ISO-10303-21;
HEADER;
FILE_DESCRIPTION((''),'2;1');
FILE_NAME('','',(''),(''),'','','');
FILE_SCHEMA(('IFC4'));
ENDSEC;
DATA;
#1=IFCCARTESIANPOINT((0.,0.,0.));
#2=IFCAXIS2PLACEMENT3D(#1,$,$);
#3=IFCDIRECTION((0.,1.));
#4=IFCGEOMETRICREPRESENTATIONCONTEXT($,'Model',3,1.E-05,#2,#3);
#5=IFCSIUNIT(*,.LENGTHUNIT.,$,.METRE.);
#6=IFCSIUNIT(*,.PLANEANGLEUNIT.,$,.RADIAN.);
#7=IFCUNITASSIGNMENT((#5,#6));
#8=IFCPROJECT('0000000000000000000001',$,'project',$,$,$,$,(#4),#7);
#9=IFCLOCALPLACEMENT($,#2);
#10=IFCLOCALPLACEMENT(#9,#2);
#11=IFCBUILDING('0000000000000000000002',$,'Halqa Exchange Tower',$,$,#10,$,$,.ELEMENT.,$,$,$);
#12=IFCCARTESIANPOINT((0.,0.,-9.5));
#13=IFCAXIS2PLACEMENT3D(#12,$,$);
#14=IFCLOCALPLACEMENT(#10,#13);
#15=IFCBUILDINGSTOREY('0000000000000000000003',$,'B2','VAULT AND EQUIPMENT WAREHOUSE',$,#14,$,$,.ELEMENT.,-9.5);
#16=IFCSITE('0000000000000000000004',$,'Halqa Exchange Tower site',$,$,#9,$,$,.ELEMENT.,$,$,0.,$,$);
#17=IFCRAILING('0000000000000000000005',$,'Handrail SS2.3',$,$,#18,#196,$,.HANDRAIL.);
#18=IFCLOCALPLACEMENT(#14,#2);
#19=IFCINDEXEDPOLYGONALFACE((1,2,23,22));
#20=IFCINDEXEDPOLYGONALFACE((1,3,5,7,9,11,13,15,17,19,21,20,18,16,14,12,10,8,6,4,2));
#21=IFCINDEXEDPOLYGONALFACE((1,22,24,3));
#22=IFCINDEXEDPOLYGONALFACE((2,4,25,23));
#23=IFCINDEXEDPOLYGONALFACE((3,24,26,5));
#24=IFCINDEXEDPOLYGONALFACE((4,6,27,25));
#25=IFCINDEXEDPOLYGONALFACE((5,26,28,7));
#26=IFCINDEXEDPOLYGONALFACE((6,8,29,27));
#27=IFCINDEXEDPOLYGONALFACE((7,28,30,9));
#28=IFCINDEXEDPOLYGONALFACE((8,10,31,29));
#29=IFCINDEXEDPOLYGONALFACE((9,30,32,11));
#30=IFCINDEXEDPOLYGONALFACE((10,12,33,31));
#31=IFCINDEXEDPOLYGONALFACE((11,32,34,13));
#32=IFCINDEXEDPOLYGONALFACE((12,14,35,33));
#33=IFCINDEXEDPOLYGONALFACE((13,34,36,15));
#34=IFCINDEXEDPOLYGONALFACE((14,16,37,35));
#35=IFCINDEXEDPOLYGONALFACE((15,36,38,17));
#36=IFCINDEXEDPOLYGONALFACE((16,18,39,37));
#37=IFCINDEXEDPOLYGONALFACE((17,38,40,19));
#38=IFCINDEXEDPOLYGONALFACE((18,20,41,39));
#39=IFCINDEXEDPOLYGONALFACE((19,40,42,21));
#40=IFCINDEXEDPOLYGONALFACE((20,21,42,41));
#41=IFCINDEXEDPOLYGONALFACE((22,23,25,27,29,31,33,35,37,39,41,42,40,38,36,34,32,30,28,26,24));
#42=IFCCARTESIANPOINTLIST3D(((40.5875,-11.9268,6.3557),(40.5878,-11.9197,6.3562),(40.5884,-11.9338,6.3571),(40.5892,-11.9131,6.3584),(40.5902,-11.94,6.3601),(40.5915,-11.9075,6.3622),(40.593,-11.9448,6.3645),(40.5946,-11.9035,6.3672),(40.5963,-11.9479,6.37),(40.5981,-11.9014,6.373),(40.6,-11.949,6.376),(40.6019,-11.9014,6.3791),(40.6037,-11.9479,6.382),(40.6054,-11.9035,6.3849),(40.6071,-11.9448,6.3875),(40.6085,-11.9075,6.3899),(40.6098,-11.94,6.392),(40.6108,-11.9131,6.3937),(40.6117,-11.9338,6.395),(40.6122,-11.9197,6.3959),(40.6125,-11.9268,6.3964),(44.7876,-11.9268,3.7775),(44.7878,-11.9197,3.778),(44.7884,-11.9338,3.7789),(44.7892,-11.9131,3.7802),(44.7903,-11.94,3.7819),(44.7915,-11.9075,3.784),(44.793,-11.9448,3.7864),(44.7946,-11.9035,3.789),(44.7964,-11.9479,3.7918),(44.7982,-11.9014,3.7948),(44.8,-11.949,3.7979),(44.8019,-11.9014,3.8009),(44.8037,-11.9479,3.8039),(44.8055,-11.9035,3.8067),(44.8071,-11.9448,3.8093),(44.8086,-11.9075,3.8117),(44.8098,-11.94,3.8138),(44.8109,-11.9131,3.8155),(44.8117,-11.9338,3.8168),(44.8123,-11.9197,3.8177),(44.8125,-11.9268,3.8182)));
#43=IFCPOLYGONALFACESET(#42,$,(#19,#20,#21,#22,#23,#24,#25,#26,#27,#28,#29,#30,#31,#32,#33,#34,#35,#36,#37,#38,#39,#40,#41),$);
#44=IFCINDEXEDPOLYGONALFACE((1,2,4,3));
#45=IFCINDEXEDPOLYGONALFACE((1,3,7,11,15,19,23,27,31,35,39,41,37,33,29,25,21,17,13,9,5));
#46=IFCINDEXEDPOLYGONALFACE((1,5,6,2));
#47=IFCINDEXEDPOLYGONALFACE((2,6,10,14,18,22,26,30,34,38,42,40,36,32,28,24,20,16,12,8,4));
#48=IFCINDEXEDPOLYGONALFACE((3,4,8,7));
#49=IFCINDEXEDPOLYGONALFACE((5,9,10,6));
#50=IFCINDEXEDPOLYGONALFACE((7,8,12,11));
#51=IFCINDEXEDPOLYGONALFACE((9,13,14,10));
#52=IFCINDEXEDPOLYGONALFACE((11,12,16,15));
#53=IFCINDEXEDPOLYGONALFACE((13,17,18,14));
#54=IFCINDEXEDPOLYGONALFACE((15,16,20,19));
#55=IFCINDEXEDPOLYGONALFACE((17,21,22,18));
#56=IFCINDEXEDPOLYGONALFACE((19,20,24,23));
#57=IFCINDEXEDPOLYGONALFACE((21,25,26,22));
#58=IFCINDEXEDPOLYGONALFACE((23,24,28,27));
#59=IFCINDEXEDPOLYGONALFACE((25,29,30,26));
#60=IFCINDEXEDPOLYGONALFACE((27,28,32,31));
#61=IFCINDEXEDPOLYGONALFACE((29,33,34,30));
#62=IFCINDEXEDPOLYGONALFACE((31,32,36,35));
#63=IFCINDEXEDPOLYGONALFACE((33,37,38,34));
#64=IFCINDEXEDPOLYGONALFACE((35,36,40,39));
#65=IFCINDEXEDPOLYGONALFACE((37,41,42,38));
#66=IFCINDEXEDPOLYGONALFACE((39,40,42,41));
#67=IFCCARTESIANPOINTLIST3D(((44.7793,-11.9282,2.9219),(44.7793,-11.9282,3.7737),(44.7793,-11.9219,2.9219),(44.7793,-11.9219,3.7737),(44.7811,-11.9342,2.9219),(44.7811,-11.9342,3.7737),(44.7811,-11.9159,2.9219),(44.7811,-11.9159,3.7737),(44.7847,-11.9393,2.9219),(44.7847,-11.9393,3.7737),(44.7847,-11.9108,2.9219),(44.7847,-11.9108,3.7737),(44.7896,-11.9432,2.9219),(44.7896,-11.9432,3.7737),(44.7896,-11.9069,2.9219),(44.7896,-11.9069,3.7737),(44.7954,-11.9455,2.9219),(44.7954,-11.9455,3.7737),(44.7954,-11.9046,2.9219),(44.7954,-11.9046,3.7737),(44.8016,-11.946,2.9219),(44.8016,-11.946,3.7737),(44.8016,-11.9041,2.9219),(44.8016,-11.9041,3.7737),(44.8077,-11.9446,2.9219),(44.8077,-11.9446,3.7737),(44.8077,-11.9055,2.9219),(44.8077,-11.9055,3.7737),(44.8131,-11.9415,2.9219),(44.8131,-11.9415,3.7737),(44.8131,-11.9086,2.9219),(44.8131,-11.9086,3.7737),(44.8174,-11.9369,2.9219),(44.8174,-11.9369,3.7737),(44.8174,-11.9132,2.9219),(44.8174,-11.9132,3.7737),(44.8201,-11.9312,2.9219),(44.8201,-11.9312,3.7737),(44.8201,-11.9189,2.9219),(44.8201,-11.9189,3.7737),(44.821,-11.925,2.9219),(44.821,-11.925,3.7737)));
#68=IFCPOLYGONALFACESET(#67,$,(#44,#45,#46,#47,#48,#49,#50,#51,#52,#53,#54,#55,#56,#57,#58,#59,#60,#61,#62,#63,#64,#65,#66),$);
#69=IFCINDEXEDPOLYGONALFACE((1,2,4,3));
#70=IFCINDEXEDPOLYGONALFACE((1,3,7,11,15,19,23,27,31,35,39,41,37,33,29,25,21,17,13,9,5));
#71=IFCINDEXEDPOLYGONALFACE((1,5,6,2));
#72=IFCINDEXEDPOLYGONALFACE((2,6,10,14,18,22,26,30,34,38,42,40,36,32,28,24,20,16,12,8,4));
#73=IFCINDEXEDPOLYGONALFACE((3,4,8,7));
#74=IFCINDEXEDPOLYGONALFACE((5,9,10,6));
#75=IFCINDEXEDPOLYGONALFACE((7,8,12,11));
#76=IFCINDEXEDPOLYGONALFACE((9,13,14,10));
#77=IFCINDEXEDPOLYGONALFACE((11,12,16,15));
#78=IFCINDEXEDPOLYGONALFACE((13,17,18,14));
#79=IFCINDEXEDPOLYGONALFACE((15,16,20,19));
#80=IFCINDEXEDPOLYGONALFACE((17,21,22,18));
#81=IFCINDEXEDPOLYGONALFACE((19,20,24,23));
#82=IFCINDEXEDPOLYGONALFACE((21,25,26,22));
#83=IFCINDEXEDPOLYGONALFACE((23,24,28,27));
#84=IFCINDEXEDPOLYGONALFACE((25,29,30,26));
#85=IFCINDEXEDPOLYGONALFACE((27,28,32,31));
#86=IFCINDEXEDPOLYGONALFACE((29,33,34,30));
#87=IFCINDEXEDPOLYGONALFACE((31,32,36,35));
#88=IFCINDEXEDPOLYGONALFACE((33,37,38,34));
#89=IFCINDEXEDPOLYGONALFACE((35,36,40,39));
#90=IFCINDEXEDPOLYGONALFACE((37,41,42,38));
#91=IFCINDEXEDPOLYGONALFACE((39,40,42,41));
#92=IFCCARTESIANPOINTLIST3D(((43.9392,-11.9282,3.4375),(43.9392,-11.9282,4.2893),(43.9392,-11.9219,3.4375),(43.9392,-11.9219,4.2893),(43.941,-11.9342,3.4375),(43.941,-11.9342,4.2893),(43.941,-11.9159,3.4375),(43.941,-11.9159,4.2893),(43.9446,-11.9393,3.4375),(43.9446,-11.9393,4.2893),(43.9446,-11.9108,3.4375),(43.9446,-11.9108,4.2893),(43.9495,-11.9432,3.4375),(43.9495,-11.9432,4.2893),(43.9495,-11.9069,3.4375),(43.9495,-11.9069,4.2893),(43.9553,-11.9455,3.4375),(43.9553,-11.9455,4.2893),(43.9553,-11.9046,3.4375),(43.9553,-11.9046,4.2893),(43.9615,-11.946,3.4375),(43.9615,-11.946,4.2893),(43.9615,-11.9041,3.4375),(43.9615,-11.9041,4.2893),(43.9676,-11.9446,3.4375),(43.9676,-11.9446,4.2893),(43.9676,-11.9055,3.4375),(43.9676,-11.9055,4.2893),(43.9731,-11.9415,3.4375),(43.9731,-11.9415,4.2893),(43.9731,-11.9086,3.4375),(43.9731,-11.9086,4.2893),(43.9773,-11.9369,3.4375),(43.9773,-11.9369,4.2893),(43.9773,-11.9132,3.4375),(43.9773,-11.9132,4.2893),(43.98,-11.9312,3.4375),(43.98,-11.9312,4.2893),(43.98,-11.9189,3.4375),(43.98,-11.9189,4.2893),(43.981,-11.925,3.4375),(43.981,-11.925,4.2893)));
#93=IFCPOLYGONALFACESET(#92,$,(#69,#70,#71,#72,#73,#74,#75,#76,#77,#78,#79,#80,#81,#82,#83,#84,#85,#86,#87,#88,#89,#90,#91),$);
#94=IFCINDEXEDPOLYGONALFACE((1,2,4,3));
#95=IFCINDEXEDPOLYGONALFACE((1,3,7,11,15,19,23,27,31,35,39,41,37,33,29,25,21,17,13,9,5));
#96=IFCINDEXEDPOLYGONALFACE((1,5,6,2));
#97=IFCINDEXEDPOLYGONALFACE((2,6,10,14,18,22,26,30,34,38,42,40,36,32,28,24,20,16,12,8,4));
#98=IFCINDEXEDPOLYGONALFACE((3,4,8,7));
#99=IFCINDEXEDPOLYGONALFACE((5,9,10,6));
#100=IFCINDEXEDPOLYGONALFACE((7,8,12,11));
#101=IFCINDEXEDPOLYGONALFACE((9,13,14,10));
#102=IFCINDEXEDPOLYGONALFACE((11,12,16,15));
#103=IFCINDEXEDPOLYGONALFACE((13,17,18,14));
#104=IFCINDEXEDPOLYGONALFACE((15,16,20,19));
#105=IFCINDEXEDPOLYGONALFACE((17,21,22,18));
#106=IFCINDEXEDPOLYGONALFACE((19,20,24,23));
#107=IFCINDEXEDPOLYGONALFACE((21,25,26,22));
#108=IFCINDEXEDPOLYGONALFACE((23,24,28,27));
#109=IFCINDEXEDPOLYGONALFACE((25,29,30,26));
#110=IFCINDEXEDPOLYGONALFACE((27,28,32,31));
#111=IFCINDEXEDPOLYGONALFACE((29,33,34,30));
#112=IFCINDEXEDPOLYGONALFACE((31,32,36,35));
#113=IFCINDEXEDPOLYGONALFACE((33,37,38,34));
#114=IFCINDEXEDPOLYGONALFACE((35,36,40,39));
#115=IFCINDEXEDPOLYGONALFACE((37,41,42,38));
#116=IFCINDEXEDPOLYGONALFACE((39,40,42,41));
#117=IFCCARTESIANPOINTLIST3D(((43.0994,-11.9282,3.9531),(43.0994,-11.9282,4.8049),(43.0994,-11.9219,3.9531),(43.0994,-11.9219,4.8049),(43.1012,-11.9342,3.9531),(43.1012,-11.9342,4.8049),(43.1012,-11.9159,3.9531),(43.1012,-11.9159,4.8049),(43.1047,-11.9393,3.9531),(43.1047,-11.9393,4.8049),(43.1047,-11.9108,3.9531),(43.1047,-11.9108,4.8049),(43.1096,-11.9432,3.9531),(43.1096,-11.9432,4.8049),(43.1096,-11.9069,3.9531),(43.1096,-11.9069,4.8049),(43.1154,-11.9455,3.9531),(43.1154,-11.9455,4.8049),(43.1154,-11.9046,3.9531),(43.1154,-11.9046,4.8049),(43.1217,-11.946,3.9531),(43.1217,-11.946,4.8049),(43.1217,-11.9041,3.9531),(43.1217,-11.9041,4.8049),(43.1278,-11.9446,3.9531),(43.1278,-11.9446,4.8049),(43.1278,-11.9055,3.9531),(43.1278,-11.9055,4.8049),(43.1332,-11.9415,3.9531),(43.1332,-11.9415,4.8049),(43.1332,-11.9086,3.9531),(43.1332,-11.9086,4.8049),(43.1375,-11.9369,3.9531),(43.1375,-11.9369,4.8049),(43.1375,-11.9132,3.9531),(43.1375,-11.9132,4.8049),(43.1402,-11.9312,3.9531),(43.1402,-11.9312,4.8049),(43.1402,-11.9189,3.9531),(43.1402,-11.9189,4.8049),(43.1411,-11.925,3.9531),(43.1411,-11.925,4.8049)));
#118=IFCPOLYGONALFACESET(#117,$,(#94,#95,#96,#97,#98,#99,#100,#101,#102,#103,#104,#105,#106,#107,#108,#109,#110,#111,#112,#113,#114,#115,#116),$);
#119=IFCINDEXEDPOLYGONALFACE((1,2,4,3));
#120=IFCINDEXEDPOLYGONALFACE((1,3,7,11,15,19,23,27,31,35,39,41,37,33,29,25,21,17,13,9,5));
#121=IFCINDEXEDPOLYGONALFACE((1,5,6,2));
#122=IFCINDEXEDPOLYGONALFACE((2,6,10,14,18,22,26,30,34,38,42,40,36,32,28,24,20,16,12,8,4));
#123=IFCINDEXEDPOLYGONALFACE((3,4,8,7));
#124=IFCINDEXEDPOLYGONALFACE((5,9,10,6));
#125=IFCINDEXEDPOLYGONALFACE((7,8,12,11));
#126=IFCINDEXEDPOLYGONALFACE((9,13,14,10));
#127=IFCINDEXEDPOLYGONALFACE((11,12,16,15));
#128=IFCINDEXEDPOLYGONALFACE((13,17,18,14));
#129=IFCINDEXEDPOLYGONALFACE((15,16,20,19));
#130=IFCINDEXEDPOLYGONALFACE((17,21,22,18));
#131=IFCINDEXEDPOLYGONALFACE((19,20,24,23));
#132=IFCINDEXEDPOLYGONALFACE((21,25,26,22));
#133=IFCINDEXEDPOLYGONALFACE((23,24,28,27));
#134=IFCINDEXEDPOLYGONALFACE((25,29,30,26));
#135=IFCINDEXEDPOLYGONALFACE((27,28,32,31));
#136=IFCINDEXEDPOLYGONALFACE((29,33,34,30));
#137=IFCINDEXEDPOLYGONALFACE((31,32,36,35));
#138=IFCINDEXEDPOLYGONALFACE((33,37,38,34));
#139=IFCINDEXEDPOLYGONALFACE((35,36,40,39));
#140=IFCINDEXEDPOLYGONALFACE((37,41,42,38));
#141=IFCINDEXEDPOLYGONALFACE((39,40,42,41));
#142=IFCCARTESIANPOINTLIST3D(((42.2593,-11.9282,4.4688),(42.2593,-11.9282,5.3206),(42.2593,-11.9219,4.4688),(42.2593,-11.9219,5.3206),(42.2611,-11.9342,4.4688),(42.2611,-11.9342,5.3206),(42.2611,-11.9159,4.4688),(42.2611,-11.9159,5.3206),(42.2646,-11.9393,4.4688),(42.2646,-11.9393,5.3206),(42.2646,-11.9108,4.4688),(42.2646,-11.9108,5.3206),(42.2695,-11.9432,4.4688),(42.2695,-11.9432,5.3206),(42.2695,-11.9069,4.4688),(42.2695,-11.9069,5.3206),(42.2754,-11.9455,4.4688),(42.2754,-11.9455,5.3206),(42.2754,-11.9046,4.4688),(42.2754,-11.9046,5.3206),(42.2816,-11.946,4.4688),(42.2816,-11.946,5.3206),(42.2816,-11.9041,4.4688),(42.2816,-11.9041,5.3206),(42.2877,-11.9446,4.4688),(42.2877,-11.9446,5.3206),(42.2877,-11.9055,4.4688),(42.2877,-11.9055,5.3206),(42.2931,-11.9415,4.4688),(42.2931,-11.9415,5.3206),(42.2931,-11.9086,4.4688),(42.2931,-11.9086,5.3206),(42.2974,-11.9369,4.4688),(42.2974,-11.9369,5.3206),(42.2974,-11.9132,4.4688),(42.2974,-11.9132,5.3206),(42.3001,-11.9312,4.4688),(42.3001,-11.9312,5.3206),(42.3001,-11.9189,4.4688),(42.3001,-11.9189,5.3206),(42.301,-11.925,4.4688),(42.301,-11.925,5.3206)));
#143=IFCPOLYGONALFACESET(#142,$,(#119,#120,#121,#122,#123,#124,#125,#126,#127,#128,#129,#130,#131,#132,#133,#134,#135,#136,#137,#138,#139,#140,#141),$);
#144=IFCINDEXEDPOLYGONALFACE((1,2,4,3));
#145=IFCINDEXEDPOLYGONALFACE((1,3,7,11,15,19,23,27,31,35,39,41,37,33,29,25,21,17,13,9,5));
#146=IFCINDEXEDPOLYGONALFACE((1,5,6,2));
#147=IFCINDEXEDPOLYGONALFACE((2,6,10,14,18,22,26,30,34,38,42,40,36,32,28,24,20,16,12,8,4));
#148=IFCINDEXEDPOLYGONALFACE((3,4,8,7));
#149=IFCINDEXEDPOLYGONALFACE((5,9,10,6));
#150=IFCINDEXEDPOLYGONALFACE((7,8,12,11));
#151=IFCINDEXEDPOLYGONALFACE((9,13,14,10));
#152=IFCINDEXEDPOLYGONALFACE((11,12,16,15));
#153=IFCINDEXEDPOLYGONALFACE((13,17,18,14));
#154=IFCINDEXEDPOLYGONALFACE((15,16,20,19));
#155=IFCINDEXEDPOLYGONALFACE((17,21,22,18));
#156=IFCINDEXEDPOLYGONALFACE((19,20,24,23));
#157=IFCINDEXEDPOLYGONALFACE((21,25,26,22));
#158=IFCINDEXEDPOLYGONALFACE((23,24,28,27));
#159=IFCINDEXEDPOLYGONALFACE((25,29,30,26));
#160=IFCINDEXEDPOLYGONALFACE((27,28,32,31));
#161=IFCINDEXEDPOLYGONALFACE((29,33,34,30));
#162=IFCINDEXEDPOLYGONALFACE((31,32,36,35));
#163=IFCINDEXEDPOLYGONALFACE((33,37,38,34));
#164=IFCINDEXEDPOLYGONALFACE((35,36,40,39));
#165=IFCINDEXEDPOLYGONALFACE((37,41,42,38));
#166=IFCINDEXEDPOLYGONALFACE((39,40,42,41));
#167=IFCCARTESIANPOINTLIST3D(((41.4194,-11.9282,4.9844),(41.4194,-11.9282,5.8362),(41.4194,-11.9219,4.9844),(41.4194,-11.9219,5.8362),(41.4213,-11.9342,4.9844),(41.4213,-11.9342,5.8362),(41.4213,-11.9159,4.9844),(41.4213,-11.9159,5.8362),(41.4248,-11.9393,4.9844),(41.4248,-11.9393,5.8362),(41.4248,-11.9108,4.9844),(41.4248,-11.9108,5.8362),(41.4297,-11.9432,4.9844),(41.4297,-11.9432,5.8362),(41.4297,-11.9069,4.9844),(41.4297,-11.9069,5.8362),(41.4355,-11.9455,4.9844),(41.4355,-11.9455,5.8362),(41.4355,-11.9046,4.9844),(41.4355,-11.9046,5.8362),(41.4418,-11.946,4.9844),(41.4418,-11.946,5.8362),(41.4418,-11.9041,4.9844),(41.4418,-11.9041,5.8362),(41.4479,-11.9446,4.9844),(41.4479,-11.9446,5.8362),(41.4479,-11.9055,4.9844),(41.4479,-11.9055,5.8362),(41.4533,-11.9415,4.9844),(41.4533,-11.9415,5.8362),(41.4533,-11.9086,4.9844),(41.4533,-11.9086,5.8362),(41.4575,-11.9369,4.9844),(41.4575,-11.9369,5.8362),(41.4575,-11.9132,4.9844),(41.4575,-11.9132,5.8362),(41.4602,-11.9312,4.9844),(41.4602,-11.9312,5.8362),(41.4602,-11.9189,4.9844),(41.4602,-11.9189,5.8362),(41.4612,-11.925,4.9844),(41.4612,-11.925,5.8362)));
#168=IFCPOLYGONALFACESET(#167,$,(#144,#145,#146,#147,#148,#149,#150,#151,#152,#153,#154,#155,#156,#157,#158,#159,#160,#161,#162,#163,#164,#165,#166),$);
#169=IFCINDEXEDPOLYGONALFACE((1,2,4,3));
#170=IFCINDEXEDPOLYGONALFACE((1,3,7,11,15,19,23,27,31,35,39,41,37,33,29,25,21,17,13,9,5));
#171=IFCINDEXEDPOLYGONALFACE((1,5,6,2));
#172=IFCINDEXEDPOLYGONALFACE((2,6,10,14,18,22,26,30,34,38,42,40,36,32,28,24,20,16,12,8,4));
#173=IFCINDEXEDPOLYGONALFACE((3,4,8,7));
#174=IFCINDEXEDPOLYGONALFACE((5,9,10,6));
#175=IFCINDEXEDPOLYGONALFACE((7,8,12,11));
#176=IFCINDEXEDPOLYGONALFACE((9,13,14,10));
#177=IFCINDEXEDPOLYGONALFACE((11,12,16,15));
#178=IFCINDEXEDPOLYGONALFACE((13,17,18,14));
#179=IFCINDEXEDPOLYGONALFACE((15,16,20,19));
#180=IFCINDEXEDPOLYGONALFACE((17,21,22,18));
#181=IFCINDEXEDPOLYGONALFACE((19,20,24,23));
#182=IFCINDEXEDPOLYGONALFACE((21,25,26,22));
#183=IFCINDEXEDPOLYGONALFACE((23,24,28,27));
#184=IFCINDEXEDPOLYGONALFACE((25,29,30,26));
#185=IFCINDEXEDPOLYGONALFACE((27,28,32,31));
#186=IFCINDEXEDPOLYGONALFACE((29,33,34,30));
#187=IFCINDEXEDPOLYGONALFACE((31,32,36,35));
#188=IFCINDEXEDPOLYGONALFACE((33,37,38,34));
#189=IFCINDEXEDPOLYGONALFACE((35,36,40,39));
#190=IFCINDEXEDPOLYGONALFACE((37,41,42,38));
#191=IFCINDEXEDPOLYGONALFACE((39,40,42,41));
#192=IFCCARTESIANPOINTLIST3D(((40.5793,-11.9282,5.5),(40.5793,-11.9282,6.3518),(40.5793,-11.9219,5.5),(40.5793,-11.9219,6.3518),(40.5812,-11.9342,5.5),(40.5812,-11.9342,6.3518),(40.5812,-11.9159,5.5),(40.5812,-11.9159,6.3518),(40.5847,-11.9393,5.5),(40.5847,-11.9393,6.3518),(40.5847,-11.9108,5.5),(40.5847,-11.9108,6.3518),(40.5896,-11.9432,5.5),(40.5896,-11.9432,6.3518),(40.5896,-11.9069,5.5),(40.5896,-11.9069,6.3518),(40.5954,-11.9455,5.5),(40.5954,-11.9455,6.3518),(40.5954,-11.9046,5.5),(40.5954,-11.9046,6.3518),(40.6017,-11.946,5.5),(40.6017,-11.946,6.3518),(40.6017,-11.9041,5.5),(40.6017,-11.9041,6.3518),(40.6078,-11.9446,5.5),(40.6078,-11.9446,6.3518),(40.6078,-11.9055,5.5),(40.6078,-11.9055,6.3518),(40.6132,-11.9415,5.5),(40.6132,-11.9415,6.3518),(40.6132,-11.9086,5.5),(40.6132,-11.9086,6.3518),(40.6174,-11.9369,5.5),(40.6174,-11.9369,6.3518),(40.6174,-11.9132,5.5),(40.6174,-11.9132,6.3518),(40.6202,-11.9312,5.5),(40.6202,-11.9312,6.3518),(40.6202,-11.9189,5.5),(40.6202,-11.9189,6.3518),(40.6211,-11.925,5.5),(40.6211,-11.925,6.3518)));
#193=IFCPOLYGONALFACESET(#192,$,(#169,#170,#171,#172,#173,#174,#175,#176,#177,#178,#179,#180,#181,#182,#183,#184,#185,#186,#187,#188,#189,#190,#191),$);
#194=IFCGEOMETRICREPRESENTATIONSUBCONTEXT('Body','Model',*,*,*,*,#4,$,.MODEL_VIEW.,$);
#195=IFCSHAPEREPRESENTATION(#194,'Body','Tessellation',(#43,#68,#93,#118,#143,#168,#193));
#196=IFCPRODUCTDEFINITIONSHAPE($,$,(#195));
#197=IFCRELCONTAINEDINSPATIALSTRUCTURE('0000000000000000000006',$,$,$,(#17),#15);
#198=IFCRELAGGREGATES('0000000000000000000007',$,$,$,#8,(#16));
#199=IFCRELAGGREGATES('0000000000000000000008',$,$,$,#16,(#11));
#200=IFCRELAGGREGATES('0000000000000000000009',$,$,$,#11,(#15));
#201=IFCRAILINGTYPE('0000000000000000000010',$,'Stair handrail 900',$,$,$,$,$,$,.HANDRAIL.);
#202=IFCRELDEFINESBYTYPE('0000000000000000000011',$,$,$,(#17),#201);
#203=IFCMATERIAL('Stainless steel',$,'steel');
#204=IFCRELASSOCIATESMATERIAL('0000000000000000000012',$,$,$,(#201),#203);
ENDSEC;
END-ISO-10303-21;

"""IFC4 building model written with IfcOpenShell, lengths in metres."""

from ifc_helpers import new_model, si_unit, direction, frame, origin, origin_2d, place, context, subcontext, project, spatial, circle, extrude, material, type_object, element, save


model = new_model("IFC4")

# Units and contexts
model_context = context("Model", 3, precision=1e-05, world=origin(), true_north=direction((0.0, 1.0)))
body_context = subcontext(model_context, "Body", "Model", "MODEL_VIEW")
ifc_project = project(units=[si_unit("LENGTHUNIT", "METRE"), si_unit("PLANEANGLEUNIT", "RADIAN")], contexts=[model_context])

# Site, building, storey
site_placement = place(None, origin())
site = spatial("IfcSite", under=ifc_project, at=site_placement, Name="Halqa Exchange Tower site", CompositionType="ELEMENT", RefElevation=0.0)
building_placement = place(site_placement, origin())
building = spatial("IfcBuilding", under=site, at=building_placement, Name="Halqa Exchange Tower", CompositionType="ELEMENT")
storey_placement = place(building_placement, frame((0.0, 0.0, -9.5)))
storey = spatial("IfcBuildingStorey", under=building, at=storey_placement, Name="B2", Description="VAULT AND EQUIPMENT WAREHOUSE", CompositionType="ELEMENT", Elevation=-9.5)

# Railing
ifc_material_1 = material(Name="Stainless steel", Category="steel")
railing_type_1 = type_object("IfcRailingType", Name="Stair handrail 900", PredefinedType="HANDRAIL", material=ifc_material_1)
railing_1_placement = place(storey_placement, frame((44.8, -11.925, 2.9219)))
element("IfcRailing", 1, at=railing_1_placement, inside=storey, type_object=railing_type_1, Name="Handrail SS2.3", PredefinedType="HANDRAIL", context=body_context, shape_type="SweptSolid", body=[
    extrude(circle(Radius=0.0239, at=origin_2d()), frame((0.0, 0.0, 0.876), z_axis=(-0.852243, 0.0, 0.523146), x_axis=(0.0, -1.0, 0.0)), (0.0, 0.0, 1.0), 4.9282),
    extrude(circle(Radius=0.021, at=origin_2d()), origin(), (0.0, 0.0, 1.0), 0.8518),
    extrude(circle(Radius=0.021, at=origin_2d()), frame((-0.8401, 0.0, 0.5156)), (0.0, 0.0, 1.0), 0.8518),
    extrude(circle(Radius=0.021, at=origin_2d()), frame((-1.6799, 0.0, 1.0312)), (0.0, 0.0, 1.0), 0.8518),
    extrude(circle(Radius=0.021, at=origin_2d()), frame((-2.52, 0.0, 1.5469)), (0.0, 0.0, 1.0), 0.8518),
    extrude(circle(Radius=0.021, at=origin_2d()), frame((-3.3599, 0.0, 2.0625)), (0.0, 0.0, 1.0), 0.8518),
    extrude(circle(Radius=0.021, at=origin_2d()), frame((-4.2, 0.0, 2.5781)), (0.0, 0.0, 1.0), 0.8518),
])

save(model, "model.ifc")
